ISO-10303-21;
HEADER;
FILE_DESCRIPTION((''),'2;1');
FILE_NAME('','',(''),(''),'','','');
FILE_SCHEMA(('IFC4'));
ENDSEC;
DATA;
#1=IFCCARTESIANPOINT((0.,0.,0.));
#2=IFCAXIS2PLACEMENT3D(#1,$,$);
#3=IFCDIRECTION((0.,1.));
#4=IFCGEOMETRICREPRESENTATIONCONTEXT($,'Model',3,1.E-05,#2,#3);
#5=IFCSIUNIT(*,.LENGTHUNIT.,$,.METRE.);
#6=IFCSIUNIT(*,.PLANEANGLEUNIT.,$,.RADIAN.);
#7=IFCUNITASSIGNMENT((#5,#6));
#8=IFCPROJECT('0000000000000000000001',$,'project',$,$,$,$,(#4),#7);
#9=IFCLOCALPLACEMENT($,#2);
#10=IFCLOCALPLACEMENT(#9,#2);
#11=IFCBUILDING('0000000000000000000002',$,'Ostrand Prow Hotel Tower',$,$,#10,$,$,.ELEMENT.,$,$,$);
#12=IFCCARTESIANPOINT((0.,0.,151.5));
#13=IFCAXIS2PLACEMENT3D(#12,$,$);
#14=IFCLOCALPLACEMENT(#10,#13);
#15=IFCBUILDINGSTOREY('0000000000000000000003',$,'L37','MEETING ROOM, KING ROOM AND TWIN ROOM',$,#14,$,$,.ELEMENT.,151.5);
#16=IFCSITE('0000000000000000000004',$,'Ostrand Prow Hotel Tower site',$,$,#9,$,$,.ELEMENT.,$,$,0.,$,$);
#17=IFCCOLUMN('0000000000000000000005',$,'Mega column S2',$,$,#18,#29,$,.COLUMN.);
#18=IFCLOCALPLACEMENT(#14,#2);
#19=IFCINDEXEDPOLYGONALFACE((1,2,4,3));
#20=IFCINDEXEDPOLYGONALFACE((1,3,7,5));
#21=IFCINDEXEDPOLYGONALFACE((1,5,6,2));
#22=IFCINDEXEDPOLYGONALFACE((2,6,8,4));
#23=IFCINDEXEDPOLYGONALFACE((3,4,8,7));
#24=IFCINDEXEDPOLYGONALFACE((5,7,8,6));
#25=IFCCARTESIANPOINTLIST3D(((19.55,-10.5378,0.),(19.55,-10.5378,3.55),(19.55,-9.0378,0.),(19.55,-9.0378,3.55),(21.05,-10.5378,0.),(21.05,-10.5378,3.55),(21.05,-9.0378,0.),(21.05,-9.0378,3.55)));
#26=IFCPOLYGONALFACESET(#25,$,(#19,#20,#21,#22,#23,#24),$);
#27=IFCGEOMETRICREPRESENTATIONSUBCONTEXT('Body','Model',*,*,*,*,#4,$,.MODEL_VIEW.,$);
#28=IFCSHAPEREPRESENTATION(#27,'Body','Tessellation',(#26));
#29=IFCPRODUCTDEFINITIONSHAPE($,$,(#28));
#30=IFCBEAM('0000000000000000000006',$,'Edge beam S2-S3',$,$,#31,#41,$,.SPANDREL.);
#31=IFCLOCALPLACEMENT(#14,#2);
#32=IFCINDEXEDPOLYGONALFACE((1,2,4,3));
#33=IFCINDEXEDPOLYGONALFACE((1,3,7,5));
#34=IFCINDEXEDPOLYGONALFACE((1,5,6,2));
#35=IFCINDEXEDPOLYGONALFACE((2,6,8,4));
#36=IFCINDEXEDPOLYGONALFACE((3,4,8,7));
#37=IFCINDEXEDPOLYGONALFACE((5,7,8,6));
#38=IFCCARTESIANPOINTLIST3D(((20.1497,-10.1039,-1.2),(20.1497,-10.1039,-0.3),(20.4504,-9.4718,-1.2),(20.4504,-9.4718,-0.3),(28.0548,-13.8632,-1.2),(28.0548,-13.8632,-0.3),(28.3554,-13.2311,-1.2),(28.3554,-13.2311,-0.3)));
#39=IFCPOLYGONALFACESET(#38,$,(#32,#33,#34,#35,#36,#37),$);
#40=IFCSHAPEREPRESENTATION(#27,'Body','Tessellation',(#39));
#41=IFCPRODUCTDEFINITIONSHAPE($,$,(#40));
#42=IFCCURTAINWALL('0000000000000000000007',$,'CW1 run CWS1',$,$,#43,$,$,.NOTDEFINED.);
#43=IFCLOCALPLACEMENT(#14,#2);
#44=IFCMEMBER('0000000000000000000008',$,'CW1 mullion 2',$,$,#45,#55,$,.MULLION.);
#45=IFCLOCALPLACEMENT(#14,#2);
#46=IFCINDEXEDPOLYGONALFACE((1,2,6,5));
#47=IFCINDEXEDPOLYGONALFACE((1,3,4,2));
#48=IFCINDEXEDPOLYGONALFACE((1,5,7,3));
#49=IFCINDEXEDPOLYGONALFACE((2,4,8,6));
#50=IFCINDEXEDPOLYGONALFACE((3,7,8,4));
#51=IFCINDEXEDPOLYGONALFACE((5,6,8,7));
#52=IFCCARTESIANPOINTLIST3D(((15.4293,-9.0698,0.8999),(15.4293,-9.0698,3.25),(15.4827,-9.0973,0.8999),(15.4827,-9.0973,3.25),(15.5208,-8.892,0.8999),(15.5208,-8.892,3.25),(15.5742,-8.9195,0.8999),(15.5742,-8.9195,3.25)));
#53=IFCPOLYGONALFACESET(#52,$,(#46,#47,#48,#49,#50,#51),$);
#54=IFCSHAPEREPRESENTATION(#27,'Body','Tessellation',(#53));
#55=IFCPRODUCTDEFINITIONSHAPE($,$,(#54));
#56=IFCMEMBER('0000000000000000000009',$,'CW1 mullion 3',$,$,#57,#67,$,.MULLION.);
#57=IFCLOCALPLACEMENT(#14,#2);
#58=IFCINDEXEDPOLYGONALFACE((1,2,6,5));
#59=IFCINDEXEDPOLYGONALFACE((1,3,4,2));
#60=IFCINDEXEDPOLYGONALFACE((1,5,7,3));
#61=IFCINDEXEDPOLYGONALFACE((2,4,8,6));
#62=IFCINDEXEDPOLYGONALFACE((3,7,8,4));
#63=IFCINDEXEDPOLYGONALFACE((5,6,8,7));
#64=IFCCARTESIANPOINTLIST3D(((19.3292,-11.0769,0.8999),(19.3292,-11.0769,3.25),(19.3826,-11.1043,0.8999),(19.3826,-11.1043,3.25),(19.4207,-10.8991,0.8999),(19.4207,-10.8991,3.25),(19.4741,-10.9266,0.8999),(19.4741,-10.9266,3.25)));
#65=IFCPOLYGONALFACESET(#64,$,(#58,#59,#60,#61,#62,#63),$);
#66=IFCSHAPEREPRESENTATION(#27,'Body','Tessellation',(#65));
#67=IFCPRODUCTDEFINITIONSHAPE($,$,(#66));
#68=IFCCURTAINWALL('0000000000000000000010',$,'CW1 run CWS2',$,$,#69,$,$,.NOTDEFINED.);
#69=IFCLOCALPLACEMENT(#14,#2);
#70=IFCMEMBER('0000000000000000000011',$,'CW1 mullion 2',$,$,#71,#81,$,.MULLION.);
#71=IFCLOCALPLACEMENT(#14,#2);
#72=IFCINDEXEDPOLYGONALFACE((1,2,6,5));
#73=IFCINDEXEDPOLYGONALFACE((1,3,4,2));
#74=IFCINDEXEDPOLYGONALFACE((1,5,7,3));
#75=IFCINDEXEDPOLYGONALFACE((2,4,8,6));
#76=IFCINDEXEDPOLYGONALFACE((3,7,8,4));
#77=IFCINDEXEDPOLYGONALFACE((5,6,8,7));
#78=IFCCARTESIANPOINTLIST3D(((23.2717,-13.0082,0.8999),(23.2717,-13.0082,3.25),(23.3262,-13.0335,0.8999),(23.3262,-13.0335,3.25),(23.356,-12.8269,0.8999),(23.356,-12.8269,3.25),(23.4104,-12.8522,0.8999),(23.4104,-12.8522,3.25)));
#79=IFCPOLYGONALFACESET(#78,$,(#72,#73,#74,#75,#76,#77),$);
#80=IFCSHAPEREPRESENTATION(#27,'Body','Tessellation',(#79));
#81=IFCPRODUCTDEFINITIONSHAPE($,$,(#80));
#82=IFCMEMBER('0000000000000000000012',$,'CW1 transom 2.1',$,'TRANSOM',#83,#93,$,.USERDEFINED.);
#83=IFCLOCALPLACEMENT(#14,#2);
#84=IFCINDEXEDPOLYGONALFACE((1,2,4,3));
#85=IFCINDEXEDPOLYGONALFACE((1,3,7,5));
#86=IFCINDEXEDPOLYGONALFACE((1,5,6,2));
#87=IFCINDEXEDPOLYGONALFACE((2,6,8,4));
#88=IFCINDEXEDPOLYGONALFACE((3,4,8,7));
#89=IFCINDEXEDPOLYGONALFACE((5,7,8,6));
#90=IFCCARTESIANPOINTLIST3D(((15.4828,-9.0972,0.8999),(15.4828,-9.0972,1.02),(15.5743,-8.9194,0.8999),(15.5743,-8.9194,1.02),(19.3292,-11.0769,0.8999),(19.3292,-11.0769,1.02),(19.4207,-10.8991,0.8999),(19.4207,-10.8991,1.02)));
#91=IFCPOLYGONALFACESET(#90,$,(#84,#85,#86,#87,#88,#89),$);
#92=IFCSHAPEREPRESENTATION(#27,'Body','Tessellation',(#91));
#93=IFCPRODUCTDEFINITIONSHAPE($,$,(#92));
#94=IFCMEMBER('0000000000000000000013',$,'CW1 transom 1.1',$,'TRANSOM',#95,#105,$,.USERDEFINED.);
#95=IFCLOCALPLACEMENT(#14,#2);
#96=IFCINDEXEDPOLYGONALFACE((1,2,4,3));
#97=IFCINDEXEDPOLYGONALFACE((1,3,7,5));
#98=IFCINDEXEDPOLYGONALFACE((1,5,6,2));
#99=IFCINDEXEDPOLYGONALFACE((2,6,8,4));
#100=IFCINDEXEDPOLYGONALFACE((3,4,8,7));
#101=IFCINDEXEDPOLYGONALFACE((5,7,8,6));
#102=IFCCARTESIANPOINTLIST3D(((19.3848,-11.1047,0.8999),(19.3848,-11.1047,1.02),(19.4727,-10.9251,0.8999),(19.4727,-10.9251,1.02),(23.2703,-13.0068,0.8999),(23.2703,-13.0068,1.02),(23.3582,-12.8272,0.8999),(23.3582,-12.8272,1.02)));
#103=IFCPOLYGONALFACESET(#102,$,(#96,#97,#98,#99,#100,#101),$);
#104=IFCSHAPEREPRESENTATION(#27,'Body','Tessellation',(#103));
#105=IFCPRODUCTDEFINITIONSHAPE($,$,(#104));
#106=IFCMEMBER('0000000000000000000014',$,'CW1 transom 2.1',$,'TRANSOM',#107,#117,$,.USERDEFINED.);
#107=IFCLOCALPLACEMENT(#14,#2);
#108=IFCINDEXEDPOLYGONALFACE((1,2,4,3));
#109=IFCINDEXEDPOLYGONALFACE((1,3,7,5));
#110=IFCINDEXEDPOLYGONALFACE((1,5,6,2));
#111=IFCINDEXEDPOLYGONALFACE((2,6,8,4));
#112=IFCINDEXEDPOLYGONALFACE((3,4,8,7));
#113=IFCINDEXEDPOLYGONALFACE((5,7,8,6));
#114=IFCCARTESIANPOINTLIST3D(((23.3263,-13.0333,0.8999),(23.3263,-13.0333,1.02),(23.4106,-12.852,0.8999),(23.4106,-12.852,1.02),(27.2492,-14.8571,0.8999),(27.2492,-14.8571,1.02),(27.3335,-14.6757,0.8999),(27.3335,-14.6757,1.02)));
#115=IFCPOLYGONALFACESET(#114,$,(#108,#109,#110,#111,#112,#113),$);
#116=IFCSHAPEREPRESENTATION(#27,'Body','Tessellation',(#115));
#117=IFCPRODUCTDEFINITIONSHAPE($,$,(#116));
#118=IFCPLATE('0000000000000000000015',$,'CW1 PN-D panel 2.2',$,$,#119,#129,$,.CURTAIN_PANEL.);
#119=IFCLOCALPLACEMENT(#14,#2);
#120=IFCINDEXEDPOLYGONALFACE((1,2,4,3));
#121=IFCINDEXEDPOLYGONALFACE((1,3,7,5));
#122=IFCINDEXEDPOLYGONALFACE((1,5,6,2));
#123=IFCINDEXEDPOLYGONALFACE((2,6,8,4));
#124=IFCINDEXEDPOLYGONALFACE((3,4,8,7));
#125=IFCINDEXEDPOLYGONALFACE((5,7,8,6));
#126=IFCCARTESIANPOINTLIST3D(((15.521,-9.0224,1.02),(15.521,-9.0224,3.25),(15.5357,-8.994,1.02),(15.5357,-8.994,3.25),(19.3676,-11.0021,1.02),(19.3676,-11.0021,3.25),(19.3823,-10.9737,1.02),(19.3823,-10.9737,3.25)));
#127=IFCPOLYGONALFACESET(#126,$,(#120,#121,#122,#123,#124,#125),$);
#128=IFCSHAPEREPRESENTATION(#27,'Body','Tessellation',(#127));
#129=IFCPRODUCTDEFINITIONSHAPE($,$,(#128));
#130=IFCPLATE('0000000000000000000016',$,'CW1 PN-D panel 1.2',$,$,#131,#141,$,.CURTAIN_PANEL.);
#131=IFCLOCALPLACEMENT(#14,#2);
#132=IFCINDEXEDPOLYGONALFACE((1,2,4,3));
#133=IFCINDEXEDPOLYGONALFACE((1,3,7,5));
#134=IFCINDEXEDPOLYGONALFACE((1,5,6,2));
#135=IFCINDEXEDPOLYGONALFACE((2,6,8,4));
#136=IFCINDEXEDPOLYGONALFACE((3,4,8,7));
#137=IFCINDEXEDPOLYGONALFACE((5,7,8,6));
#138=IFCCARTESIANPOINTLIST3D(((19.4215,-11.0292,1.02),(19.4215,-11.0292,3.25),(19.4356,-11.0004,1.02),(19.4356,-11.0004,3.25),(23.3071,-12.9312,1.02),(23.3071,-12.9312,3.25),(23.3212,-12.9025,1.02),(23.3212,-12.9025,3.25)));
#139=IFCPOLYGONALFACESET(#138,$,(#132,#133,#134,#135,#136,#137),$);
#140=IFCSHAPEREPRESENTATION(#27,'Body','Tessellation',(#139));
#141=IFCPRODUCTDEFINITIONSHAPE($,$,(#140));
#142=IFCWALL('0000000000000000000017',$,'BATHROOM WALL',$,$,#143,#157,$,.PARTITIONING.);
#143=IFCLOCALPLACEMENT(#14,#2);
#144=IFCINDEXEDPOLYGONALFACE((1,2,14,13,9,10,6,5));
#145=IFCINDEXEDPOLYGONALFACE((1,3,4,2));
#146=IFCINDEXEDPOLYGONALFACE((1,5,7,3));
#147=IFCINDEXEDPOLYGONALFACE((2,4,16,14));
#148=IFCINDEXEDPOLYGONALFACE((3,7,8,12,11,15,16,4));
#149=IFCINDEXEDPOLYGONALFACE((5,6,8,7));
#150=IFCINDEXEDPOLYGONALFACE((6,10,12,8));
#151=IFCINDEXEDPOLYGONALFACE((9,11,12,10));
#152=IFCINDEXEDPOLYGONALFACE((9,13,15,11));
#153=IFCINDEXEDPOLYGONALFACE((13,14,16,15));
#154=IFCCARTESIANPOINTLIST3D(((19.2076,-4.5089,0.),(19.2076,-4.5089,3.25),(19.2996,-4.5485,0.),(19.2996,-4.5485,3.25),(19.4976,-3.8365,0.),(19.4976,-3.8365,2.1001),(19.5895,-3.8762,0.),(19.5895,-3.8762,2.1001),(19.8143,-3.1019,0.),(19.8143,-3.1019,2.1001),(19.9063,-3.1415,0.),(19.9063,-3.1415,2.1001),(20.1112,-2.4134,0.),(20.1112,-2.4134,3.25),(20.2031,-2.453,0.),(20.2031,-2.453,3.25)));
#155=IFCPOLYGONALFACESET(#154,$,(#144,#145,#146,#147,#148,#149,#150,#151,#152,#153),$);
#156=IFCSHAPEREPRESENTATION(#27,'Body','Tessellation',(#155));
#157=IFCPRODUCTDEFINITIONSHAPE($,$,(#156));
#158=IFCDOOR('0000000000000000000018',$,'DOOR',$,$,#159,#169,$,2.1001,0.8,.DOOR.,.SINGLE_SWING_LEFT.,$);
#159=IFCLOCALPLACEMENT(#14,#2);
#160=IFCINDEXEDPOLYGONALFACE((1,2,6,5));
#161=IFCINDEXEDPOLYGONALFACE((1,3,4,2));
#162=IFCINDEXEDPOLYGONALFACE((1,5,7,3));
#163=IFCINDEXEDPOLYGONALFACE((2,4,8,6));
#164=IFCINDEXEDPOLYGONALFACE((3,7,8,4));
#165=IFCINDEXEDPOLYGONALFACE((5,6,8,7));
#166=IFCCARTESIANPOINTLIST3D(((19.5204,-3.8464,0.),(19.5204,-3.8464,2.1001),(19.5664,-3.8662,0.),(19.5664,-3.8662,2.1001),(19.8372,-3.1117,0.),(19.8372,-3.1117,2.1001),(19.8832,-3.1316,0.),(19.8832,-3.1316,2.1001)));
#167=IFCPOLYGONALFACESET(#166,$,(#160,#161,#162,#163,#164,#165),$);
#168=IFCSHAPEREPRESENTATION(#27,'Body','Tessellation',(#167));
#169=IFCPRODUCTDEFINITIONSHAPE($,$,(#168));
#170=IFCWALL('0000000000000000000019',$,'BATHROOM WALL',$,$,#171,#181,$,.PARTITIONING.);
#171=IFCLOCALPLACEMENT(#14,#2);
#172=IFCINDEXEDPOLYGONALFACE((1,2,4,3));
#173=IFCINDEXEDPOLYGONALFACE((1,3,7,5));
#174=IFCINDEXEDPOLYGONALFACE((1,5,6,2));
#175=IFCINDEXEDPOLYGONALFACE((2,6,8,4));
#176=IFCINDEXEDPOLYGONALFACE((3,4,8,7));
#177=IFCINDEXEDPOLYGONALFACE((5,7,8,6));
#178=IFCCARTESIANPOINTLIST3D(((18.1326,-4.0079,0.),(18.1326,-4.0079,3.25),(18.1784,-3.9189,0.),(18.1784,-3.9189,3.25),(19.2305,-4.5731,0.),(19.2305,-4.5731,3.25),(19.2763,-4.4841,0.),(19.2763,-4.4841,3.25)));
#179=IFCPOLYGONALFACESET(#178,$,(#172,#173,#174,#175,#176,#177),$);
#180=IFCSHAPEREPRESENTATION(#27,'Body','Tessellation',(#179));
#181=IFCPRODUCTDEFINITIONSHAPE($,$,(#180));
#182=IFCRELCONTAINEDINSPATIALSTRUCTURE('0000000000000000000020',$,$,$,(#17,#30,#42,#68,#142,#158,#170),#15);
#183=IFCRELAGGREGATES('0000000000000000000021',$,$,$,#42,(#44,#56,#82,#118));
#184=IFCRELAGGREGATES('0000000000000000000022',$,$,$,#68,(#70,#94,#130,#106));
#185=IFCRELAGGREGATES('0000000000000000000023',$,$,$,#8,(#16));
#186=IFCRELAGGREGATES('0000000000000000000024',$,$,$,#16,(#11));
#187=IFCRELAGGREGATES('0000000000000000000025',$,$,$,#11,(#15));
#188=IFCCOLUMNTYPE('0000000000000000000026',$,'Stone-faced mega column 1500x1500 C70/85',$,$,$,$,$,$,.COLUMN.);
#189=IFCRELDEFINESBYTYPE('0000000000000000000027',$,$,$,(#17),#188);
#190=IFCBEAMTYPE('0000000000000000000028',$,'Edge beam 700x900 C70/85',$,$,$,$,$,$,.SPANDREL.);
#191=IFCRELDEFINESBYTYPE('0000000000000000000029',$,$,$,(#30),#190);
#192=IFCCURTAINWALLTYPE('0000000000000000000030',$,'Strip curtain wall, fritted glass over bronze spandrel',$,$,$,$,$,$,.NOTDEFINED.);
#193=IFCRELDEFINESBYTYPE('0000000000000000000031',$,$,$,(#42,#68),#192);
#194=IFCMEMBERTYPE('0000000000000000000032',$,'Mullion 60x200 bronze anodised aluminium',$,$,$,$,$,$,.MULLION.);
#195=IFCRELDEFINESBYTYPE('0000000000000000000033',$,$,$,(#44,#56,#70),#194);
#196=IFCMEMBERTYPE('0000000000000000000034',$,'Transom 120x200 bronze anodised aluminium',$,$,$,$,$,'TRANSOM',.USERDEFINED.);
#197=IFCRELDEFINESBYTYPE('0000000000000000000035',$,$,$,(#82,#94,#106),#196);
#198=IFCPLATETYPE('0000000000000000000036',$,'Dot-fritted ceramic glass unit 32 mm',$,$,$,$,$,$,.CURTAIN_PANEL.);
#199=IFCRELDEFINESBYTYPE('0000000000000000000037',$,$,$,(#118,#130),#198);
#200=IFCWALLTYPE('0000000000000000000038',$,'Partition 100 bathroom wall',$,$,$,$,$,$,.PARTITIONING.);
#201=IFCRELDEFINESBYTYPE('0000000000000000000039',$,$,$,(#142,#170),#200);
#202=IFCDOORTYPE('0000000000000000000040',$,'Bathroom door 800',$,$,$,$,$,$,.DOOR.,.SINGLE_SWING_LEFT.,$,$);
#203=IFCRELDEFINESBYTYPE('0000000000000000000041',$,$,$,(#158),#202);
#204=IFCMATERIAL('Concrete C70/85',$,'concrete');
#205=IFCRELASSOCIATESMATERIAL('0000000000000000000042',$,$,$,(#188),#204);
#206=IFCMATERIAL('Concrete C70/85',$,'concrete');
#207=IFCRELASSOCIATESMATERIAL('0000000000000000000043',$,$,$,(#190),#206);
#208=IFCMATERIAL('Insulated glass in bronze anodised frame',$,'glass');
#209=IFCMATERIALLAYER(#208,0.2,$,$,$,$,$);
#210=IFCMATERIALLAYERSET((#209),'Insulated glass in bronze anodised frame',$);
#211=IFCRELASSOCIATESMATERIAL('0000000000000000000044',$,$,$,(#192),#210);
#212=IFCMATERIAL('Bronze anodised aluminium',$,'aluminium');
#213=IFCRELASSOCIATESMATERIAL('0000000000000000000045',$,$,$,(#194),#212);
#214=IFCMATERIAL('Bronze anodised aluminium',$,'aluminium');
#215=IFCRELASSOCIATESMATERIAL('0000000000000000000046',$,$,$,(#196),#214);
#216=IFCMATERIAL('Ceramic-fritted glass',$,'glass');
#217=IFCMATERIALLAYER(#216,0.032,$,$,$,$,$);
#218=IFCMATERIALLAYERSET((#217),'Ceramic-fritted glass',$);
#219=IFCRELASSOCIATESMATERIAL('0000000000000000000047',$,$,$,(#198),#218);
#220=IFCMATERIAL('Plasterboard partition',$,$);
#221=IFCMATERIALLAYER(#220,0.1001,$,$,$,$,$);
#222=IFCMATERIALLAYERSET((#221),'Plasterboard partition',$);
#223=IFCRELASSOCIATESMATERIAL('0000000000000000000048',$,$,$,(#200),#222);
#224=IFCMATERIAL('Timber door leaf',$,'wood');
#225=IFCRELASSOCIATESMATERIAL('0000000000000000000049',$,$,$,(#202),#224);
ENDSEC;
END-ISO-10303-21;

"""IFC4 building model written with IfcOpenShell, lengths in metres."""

from ifc_helpers import new_model, si_unit, direction, frame, frame_2d, origin, origin_2d, place, context, subcontext, project, spatial, rectangle, extrude, material, layer, layer_set, material_profile, profile_set, type_object, element, fill, aggregate, save


model = new_model("IFC4")

# Units and contexts
model_context = context("Model", 3, precision=1e-05, world=origin(), true_north=direction((0.0, 1.0)))
body_context = subcontext(model_context, "Body", "Model", "MODEL_VIEW")
ifc_project = project(units=[si_unit("LENGTHUNIT", "METRE"), si_unit("PLANEANGLEUNIT", "RADIAN")], contexts=[model_context])

# Site, building, storey
site_placement = place(None, origin())
site = spatial("IfcSite", under=ifc_project, at=site_placement, Name="Ostrand Prow Hotel Tower site", CompositionType="ELEMENT", RefElevation=0.0)
building_placement = place(site_placement, origin())
building = spatial("IfcBuilding", under=site, at=building_placement, Name="Ostrand Prow Hotel Tower", CompositionType="ELEMENT")
storey_placement = place(building_placement, frame((0.0, 0.0, 151.5)))
storey = spatial("IfcBuildingStorey", under=building, at=storey_placement, Name="L37", Description="MEETING ROOM, KING ROOM AND TWIN ROOM", CompositionType="ELEMENT", Elevation=151.5)

# Column
ifc_material_1 = material(Name="Concrete C70/85", Category="concrete")
ifc_material_profile_1 = material_profile(ifc_material_1, rectangle(XDim=1.5, YDim=1.5, at=origin_2d()), Name="RC 1500x1500")
ifc_profile_set_1 = profile_set([ifc_material_profile_1], Name="Concrete C70/85")
column_type = type_object("IfcColumnType", Name="Stone-faced mega column 1500x1500 C70/85", PredefinedType="COLUMN", material=ifc_profile_set_1)
column_placement = place(storey_placement, frame((20.3, -9.7878, 0.0), z_axis=(0.0, 0.0, 1.0), x_axis=(1.0, 0.0, 0.0)))
element("IfcColumn", 1, at=column_placement, inside=storey, type_object=column_type, Name="Mega column S2", PredefinedType="COLUMN", context=body_context, shape_type="SweptSolid", body=[
    extrude(rectangle(XDim=1.5, YDim=1.5, at=origin_2d()), origin(), (0.0, 0.0, 1.0), 3.55),
])

# Beam
ifc_material_2 = material(Name="Concrete C70/85", Category="concrete")
ifc_material_profile_2 = material_profile(ifc_material_2, rectangle(XDim=0.7, YDim=0.8999, at=origin_2d()), Name="RC 700x900")
ifc_profile_set_2 = profile_set([ifc_material_profile_2], Name="Concrete C70/85")
beam_type = type_object("IfcBeamType", Name="Edge beam 700x900 C70/85", PredefinedType="SPANDREL", material=ifc_profile_set_2)
beam_placement = place(storey_placement, frame((20.3, -9.7878, -0.75), z_axis=(0.903083, -0.429466, 0.0), x_axis=(0.429466, 0.903083, 0.0)))
element("IfcBeam", 2, at=beam_placement, inside=storey, type_object=beam_type, Name="Edge beam S2-S3", PredefinedType="SPANDREL", context=body_context, shape_type="SweptSolid", body=[
    extrude(rectangle(XDim=0.7, YDim=0.8999, at=origin_2d()), origin(), (0.0, 0.0, 1.0), 8.7534),
])

# Curtain wall, members
ifc_material_3 = material(Name="Insulated glass in bronze anodised frame", Category="glass")
ifc_layer_1 = layer(ifc_material_3, 0.2)
ifc_layer_set_1 = layer_set([ifc_layer_1], Name="Insulated glass in bronze anodised frame")
curtain_wall_type = type_object("IfcCurtainWallType", Name="Strip curtain wall, fritted glass over bronze spandrel", PredefinedType="NOTDEFINED", material=ifc_layer_set_1)
curtain_wall_1_placement = place(storey_placement, origin())
curtain_wall_1 = element("IfcCurtainWall", 3, at=curtain_wall_1_placement, inside=storey, type_object=curtain_wall_type, Name="CW1 run CWS1", PredefinedType="NOTDEFINED")
ifc_material_4 = material(Name="Bronze anodised aluminium", Category="aluminium")
ifc_material_profile_3 = material_profile(ifc_material_4, rectangle(XDim=0.2, YDim=0.0601, at=origin_2d()), Name="Mullion 60x200 bronze anodised aluminium")
ifc_profile_set_3 = profile_set([ifc_material_profile_3], Name="Bronze anodised aluminium")
member_type_1 = type_object("IfcMemberType", Name="Mullion 60x200 bronze anodised aluminium", PredefinedType="MULLION", material=ifc_profile_set_3)
member_1_placement = place(storey_placement, frame((15.5017, -8.9946, 0.8999), z_axis=(0.0, 0.0, 1.0), x_axis=(0.457619, 0.889148, 0.0)))
member_1 = element("IfcMember", 4, at=member_1_placement, type_object=member_type_1, Name="CW1 mullion 2", PredefinedType="MULLION", context=body_context, shape_type="SweptSolid", body=[
    extrude(rectangle(XDim=0.2, YDim=0.0601, at=origin_2d()), origin(), (0.0, 0.0, 1.0), 2.3501),
])
member_2_placement = place(storey_placement, frame((19.4016, -11.0017, 0.8999), z_axis=(0.0, 0.0, 1.0), x_axis=(0.457619, 0.889148, 0.0)))
member_2 = element("IfcMember", 5, at=member_2_placement, type_object=member_type_1, Name="CW1 mullion 3", PredefinedType="MULLION", context=body_context, shape_type="SweptSolid", body=[
    extrude(rectangle(XDim=0.2, YDim=0.0601, at=origin_2d()), origin(), (0.0, 0.0, 1.0), 2.3501),
])

# Curtain wall, member
curtain_wall_2_placement = place(storey_placement, origin())
curtain_wall_2 = element("IfcCurtainWall", 6, at=curtain_wall_2_placement, inside=storey, type_object=curtain_wall_type, Name="CW1 run CWS2", PredefinedType="NOTDEFINED")
member_3_placement = place(storey_placement, frame((23.3411, -12.9302, 0.8999), z_axis=(0.0, 0.0, 1.0), x_axis=(0.421522, 0.906818, 0.0)))
member_3 = element("IfcMember", 7, at=member_3_placement, type_object=member_type_1, Name="CW1 mullion 2", PredefinedType="MULLION", context=body_context, shape_type="SweptSolid", body=[
    extrude(rectangle(XDim=0.2, YDim=0.0601, at=origin_2d()), origin(), (0.0, 0.0, 1.0), 2.3501),
])

# Members
ifc_material_5 = material(Name="Bronze anodised aluminium", Category="aluminium")
ifc_material_profile_4 = material_profile(ifc_material_5, rectangle(XDim=0.2, YDim=0.1201, at=origin_2d()), Name="Transom 120x200 bronze anodised aluminium")
ifc_profile_set_4 = profile_set([ifc_material_profile_4], Name="Bronze anodised aluminium")
member_type_2 = type_object("IfcMemberType", Name="Transom 120x200 bronze anodised aluminium", ElementType="TRANSOM", PredefinedType="USERDEFINED", material=ifc_profile_set_4)
member_4_placement = place(storey_placement, frame((15.5286, -9.0083, 0.96), z_axis=(0.88914, -0.457635, 0.0), x_axis=(0.457635, 0.88914, 0.0)))
member_4 = element("IfcMember", 8, at=member_4_placement, type_object=member_type_2, Name="CW1 transom 2.1", ObjectType="TRANSOM", PredefinedType="USERDEFINED", context=body_context, shape_type="SweptSolid", body=[
    extrude(rectangle(XDim=0.2, YDim=0.1201, at=origin_2d()), origin(), (0.0, 0.0, 1.0), 4.3259),
])
member_5_placement = place(storey_placement, frame((19.4287, -11.0149, 0.96), z_axis=(0.898154, -0.439681, 0.0), x_axis=(0.439681, 0.898154, 0.0)))
member_5 = element("IfcMember", 9, at=member_5_placement, type_object=member_type_2, Name="CW1 transom 1.1", ObjectType="TRANSOM", PredefinedType="USERDEFINED", context=body_context, shape_type="SweptSolid", body=[
    extrude(rectangle(XDim=0.2, YDim=0.1201, at=origin_2d()), origin(), (0.0, 0.0, 1.0), 4.3262),
])
member_6_placement = place(storey_placement, frame((23.3684, -12.9426, 0.96), z_axis=(0.906796, -0.421569, 0.0), x_axis=(0.421569, 0.906796, 0.0)))
member_6 = element("IfcMember", 10, at=member_6_placement, type_object=member_type_2, Name="CW1 transom 2.1", ObjectType="TRANSOM", PredefinedType="USERDEFINED", context=body_context, shape_type="SweptSolid", body=[
    extrude(rectangle(XDim=0.2, YDim=0.1201, at=origin_2d()), origin(), (0.0, 0.0, 1.0), 4.3262),
])

# Plates
ifc_material_6 = material(Name="Ceramic-fritted glass", Category="glass")
ifc_layer_2 = layer(ifc_material_6, 0.032)
ifc_layer_set_2 = layer_set([ifc_layer_2], Name="Ceramic-fritted glass")
plate_type = type_object("IfcPlateType", Name="Dot-fritted ceramic glass unit 32 mm", PredefinedType="CURTAIN_PANEL", material=ifc_layer_set_2)
plate_1_placement = place(storey_placement, frame((17.4517, -9.998, 1.02), z_axis=(0.0, 0.0, 1.0), x_axis=(0.889148, -0.457619, 0.0)))
plate_1 = element("IfcPlate", 11, at=plate_1_placement, type_object=plate_type, Name="CW1 PN-D panel 2.2", PredefinedType="CURTAIN_PANEL", context=body_context, shape_type="SweptSolid", body=[
    extrude(rectangle(XDim=4.3262, YDim=0.032, at=origin_2d()), origin(), (0.0, 0.0, 1.0), 2.23),
])
aggregate(curtain_wall_1, [member_1, member_2, member_4, plate_1])
plate_2_placement = place(storey_placement, frame((21.3713, -11.9658, 1.02), z_axis=(0.0, 0.0, 1.0), x_axis=(0.898165, -0.439659, 0.0)))
plate_2 = element("IfcPlate", 12, at=plate_2_placement, type_object=plate_type, Name="CW1 PN-D panel 1.2", PredefinedType="CURTAIN_PANEL", context=body_context, shape_type="SweptSolid", body=[
    extrude(rectangle(XDim=4.3262, YDim=0.032, at=origin_2d()), origin(), (0.0, 0.0, 1.0), 2.23),
])
aggregate(curtain_wall_2, [member_3, member_5, plate_2, member_6])

# Wall, opening, door
ifc_material_7 = material(Name="Plasterboard partition")
ifc_layer_3 = layer(ifc_material_7, 0.1001)
ifc_layer_set_3 = layer_set([ifc_layer_3], Name="Plasterboard partition")
wall_type_1 = type_object("IfcWallType", Name="Partition 100 bathroom wall", PredefinedType="PARTITIONING", material=ifc_layer_set_3)
wall_1_placement = place(storey_placement, frame((20.1572, -2.4331, 0.0), z_axis=(0.0, 0.0, 1.0), x_axis=(-0.395958, -0.918268, 0.0)))
wall_1 = element("IfcWall", 13, at=wall_1_placement, inside=storey, type_object=wall_type_1, Name="BATHROOM WALL", PredefinedType="PARTITIONING", context=body_context, shape_type="SweptSolid", body=[
    extrude(rectangle(XDim=2.282, YDim=0.1001, at=frame_2d((1.1411, 0.0))), origin(), (0.0, 0.0, 1.0), 3.25),
])
opening_1_placement = place(wall_1_placement, frame((0.75, 0.0, 0.0)))
opening_1 = element("IfcOpeningElement", 14, at=opening_1_placement, cuts=wall_1, PredefinedType="OPENING", context=body_context, shape_type="SweptSolid", body=[
    extrude(rectangle(XDim=0.8, YDim=2.1001, at=frame_2d((0.3999, 1.05))), frame((0.0, 0.0601, 0.0), z_axis=(0.0, -1.0, 0.0), x_axis=(1.0, 0.0, 0.0)), (0.0, 0.0, 1.0), 0.1201),
])
ifc_material_8 = material(Name="Timber door leaf", Category="wood")
door_type_1 = type_object("IfcDoorType", Name="Bathroom door 800", OperationType="SINGLE_SWING_LEFT", PredefinedType="DOOR", material=ifc_material_8)
door_1_placement = place(opening_1_placement, origin())
door_1 = element("IfcDoor", 15, at=door_1_placement, inside=storey, type_object=door_type_1, Name="DOOR", OperationType="SINGLE_SWING_LEFT", OverallHeight=2.1001, OverallWidth=0.8, PredefinedType="DOOR", context=body_context, shape_type="SweptSolid", body=[
    extrude(rectangle(XDim=0.8, YDim=2.1001, at=frame_2d((0.3999, 1.05))), frame((0.0, 0.0249, 0.0), z_axis=(0.0, -1.0, 0.0), x_axis=(1.0, 0.0, 0.0)), (0.0, 0.0, 1.0), 0.05),
])
fill(opening_1, door_1)

# Wall
wall_2_placement = place(storey_placement, frame((19.2534, -4.5286, 0.0), z_axis=(0.0, 0.0, 1.0), x_axis=(-0.889106, 0.457701, 0.0)))
element("IfcWall", 16, at=wall_2_placement, inside=storey, type_object=wall_type_1, Name="BATHROOM WALL", PredefinedType="PARTITIONING", context=body_context, shape_type="SweptSolid", body=[
    extrude(rectangle(XDim=1.2349, YDim=0.1001, at=frame_2d((0.6174, 0.0))), origin(), (0.0, 0.0, 1.0), 3.25),
])

save(model, "model.ifc")
